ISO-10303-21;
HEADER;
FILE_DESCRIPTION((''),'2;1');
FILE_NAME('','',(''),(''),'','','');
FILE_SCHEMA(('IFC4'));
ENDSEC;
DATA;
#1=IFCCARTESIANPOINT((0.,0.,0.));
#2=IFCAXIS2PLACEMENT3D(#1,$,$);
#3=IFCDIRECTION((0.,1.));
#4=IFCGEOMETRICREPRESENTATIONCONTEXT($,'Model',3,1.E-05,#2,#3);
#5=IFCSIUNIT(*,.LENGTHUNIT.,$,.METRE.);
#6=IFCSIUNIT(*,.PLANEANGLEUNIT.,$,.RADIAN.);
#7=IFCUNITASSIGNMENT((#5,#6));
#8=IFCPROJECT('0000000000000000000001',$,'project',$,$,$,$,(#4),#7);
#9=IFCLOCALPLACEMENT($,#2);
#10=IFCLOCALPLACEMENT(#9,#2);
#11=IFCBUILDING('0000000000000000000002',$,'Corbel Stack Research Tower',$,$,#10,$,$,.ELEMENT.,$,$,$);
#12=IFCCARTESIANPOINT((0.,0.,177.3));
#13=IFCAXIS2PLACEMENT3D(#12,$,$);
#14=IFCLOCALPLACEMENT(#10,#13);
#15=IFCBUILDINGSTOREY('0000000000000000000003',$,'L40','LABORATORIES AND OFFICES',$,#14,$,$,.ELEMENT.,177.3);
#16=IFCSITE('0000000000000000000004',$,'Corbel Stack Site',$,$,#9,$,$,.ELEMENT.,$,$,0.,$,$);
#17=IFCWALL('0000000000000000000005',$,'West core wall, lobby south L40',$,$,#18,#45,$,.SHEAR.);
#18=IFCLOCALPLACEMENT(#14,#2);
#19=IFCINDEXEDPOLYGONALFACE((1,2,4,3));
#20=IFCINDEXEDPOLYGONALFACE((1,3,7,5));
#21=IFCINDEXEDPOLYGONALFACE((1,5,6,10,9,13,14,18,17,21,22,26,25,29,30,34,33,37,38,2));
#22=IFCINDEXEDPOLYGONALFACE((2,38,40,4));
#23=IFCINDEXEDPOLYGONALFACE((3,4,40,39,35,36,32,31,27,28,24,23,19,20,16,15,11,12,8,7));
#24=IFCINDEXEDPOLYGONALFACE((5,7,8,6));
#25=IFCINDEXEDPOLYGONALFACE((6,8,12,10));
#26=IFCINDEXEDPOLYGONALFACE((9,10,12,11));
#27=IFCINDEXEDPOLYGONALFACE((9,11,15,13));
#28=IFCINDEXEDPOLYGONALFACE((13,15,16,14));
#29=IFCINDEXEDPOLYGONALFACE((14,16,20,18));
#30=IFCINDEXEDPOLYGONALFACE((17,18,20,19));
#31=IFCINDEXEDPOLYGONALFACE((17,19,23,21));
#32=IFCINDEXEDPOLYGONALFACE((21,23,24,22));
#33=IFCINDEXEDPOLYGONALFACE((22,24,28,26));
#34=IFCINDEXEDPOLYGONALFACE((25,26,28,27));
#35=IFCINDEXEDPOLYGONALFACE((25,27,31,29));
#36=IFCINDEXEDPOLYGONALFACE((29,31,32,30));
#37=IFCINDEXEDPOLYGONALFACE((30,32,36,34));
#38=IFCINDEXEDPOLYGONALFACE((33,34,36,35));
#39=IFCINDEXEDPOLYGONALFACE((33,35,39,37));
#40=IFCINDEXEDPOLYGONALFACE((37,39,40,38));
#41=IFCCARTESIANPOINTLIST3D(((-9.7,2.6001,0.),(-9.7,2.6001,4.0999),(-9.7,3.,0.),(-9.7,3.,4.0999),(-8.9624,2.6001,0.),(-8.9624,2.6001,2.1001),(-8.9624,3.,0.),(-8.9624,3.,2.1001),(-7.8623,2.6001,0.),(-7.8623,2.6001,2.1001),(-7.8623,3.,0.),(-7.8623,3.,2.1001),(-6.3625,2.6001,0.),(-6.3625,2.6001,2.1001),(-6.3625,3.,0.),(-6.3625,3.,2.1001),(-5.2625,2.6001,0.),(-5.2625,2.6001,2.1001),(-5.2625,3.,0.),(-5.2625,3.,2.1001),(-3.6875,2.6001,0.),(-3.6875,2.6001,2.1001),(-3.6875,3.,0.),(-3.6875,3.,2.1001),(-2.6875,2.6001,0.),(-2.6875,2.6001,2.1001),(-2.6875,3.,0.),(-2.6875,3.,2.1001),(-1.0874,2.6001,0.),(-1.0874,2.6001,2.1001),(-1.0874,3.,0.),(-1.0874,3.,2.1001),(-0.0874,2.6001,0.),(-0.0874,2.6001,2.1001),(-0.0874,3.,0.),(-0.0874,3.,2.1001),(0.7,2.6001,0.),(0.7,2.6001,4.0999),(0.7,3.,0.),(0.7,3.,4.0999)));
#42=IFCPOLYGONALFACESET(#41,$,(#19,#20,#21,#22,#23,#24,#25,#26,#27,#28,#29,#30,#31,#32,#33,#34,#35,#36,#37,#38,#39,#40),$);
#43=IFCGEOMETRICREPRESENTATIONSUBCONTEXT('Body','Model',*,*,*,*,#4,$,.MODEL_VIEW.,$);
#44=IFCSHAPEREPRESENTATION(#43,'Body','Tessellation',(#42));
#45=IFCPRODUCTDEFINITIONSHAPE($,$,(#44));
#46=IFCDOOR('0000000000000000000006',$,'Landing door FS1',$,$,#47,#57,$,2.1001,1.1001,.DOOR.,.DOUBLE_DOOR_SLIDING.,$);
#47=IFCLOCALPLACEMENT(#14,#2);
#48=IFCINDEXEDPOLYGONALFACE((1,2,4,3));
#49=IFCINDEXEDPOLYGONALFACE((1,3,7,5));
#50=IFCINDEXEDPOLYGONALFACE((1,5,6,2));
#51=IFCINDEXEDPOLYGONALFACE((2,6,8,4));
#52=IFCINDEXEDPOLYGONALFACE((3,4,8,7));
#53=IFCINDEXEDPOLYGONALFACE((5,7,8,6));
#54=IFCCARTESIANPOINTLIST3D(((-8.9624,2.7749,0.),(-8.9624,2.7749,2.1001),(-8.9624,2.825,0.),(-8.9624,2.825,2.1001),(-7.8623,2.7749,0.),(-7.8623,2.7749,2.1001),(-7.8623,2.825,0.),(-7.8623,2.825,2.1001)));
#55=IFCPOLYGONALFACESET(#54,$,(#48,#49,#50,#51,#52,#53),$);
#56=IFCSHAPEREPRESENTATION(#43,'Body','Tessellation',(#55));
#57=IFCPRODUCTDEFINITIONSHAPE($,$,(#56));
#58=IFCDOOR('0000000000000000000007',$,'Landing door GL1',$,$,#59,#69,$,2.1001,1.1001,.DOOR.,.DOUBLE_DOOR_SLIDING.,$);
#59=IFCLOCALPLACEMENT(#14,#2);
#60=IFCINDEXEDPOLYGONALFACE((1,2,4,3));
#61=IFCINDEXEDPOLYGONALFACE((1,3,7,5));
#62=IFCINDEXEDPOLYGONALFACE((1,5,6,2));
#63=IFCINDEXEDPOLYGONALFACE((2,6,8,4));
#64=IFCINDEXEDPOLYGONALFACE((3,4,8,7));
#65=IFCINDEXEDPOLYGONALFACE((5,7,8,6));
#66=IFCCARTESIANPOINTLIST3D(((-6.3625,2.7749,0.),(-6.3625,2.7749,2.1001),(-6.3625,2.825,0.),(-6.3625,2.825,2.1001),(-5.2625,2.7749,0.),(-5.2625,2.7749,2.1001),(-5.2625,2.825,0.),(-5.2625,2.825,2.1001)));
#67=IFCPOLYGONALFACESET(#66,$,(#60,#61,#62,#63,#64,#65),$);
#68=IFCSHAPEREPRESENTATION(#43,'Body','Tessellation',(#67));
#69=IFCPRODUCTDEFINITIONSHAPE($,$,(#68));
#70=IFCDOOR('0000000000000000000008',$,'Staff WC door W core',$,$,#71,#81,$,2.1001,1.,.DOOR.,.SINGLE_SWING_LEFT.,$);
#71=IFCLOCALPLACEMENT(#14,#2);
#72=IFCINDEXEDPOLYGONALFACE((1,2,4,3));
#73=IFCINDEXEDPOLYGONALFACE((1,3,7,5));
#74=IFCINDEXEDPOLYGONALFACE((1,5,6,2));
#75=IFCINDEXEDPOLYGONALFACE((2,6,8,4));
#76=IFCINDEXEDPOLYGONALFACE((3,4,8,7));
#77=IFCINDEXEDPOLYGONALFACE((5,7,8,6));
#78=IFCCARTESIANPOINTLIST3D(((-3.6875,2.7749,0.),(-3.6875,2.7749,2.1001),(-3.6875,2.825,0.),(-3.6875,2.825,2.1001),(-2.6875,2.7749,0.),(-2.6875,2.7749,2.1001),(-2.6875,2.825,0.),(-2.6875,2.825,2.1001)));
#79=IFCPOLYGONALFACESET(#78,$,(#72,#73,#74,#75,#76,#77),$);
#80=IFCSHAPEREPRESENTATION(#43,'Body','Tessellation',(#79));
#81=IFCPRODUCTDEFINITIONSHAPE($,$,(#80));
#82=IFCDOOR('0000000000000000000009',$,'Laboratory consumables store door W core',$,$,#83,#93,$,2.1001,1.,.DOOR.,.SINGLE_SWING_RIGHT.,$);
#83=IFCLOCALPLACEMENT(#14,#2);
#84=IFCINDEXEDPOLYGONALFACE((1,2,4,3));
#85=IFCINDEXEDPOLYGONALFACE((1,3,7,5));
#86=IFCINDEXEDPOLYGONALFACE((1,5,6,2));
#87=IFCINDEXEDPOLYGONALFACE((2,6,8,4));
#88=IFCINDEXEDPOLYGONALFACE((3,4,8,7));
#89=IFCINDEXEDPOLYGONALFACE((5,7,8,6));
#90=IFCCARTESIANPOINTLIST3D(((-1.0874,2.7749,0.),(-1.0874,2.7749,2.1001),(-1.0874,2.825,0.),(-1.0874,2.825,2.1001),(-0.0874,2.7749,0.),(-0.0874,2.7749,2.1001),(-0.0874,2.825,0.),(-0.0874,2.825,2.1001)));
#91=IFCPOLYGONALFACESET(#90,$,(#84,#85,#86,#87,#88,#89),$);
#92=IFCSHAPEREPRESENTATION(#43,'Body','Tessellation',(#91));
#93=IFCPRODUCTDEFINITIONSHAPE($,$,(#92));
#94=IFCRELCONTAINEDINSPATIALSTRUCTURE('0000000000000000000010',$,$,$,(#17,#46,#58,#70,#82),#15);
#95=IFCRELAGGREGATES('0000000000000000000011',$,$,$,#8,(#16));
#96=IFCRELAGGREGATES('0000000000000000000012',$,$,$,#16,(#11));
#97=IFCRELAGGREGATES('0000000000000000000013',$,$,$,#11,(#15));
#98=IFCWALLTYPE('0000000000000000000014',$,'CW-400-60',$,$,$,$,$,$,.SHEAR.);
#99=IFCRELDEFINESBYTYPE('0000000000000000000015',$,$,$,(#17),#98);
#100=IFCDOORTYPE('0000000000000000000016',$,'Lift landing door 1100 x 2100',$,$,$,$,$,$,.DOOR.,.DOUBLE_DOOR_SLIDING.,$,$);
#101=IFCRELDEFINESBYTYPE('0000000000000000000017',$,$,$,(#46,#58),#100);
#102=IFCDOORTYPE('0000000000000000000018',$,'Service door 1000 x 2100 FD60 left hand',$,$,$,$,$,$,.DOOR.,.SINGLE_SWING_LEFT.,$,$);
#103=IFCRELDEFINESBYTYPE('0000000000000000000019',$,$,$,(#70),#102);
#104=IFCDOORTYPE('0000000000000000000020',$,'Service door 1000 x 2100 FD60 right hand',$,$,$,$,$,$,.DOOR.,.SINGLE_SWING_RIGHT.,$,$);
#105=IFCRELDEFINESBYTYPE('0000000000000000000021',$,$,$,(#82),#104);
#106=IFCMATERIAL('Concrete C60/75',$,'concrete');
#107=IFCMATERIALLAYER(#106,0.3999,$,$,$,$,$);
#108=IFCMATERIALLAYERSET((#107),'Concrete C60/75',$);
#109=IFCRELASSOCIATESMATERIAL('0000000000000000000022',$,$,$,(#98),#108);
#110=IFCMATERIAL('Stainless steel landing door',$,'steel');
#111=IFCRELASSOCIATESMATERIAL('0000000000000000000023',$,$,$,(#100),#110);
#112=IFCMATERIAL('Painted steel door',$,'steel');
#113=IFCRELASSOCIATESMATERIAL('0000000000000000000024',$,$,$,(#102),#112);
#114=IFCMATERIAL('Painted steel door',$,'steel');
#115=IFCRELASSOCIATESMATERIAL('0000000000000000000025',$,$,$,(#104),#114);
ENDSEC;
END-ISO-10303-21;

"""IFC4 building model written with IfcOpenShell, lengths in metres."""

from ifc_helpers import new_model, si_unit, direction, frame, frame_2d, origin, place, context, subcontext, project, spatial, rectangle, extrude, material, layer, layer_set, type_object, element, fill, save


model = new_model("IFC4")

# Units and contexts
model_context = context("Model", 3, precision=1e-05, world=origin(), true_north=direction((0.0, 1.0)))
body_context = subcontext(model_context, "Body", "Model", "MODEL_VIEW")
ifc_project = project(units=[si_unit("LENGTHUNIT", "METRE"), si_unit("PLANEANGLEUNIT", "RADIAN")], contexts=[model_context])

# Site, building, storey
site_placement = place(None, origin())
site = spatial("IfcSite", under=ifc_project, at=site_placement, Name="Corbel Stack Site", CompositionType="ELEMENT", RefElevation=0.0)
building_placement = place(site_placement, origin())
building = spatial("IfcBuilding", under=site, at=building_placement, Name="Corbel Stack Research Tower", CompositionType="ELEMENT")
storey_placement = place(building_placement, frame((0.0, 0.0, 177.3)))
storey = spatial("IfcBuildingStorey", under=building, at=storey_placement, Name="L40", Description="LABORATORIES AND OFFICES", CompositionType="ELEMENT", Elevation=177.3)

# Wall, openings, doors
ifc_material_1 = material(Name="Concrete C60/75", Category="concrete")
ifc_layer_1 = layer(ifc_material_1, 0.3999)
ifc_layer_set_1 = layer_set([ifc_layer_1], Name="Concrete C60/75")
wall_type_1 = type_object("IfcWallType", Name="CW-400-60", PredefinedType="SHEAR", material=ifc_layer_set_1)
wall_1_placement = place(storey_placement, frame((-9.7, 2.8, 0.0), z_axis=(0.0, 0.0, 1.0), x_axis=(1.0, 0.0, 0.0)))
wall_1 = element("IfcWall", 1, at=wall_1_placement, inside=storey, type_object=wall_type_1, Name="West core wall, lobby south L40", PredefinedType="SHEAR", context=body_context, shape_type="SweptSolid", body=[
    extrude(rectangle(XDim=10.3999, YDim=0.3999, at=frame_2d((5.2, 0.0))), origin(), (0.0, 0.0, 1.0), 4.0999),
])
opening_1_placement = place(wall_1_placement, frame((0.7375, 0.0, 0.0)))
opening_1 = element("IfcOpeningElement", 2, at=opening_1_placement, cuts=wall_1, PredefinedType="OPENING", context=body_context, shape_type="SweptSolid", body=[
    extrude(rectangle(XDim=1.1001, YDim=2.1001, at=frame_2d((0.55, 1.05))), frame((0.0, 0.21, 0.0), z_axis=(0.0, -1.0, 0.0), x_axis=(1.0, 0.0, 0.0)), (0.0, 0.0, 1.0), 0.4199),
])
opening_2_placement = place(wall_1_placement, frame((3.3374, 0.0, 0.0)))
opening_2 = element("IfcOpeningElement", 3, at=opening_2_placement, cuts=wall_1, PredefinedType="OPENING", context=body_context, shape_type="SweptSolid", body=[
    extrude(rectangle(XDim=1.1001, YDim=2.1001, at=frame_2d((0.55, 1.05))), frame((0.0, 0.21, 0.0), z_axis=(0.0, -1.0, 0.0), x_axis=(1.0, 0.0, 0.0)), (0.0, 0.0, 1.0), 0.4199),
])
opening_3_placement = place(wall_1_placement, frame((6.0125, 0.0, 0.0)))
opening_3 = element("IfcOpeningElement", 4, at=opening_3_placement, cuts=wall_1, PredefinedType="OPENING", context=body_context, shape_type="SweptSolid", body=[
    extrude(rectangle(XDim=1.0, YDim=2.1001, at=frame_2d((0.5, 1.05))), frame((0.0, 0.21, 0.0), z_axis=(0.0, -1.0, 0.0), x_axis=(1.0, 0.0, 0.0)), (0.0, 0.0, 1.0), 0.4199),
])
opening_4_placement = place(wall_1_placement, frame((8.6125, 0.0, 0.0)))
opening_4 = element("IfcOpeningElement", 5, at=opening_4_placement, cuts=wall_1, PredefinedType="OPENING", context=body_context, shape_type="SweptSolid", body=[
    extrude(rectangle(XDim=1.0, YDim=2.1001, at=frame_2d((0.5, 1.05))), frame((0.0, 0.21, 0.0), z_axis=(0.0, -1.0, 0.0), x_axis=(1.0, 0.0, 0.0)), (0.0, 0.0, 1.0), 0.4199),
])
ifc_material_2 = material(Name="Stainless steel landing door", Category="steel")
door_type_1 = type_object("IfcDoorType", Name="Lift landing door 1100 x 2100", OperationType="DOUBLE_DOOR_SLIDING", PredefinedType="DOOR", material=ifc_material_2)
door_1_placement = place(opening_1_placement, origin())
door_1 = element("IfcDoor", 6, at=door_1_placement, inside=storey, type_object=door_type_1, Name="Landing door FS1", OperationType="DOUBLE_DOOR_SLIDING", OverallHeight=2.1001, OverallWidth=1.1001, PredefinedType="DOOR", context=body_context, shape_type="SweptSolid", body=[
    extrude(rectangle(XDim=1.1001, YDim=2.1001, at=frame_2d((0.55, 1.05))), frame((0.0, 0.0249, 0.0), z_axis=(0.0, -1.0, 0.0), x_axis=(1.0, 0.0, 0.0)), (0.0, 0.0, 1.0), 0.05),
])
fill(opening_1, door_1)
door_2_placement = place(opening_2_placement, origin())
door_2 = element("IfcDoor", 7, at=door_2_placement, inside=storey, type_object=door_type_1, Name="Landing door GL1", OperationType="DOUBLE_DOOR_SLIDING", OverallHeight=2.1001, OverallWidth=1.1001, PredefinedType="DOOR", context=body_context, shape_type="SweptSolid", body=[
    extrude(rectangle(XDim=1.1001, YDim=2.1001, at=frame_2d((0.55, 1.05))), frame((0.0, 0.0249, 0.0), z_axis=(0.0, -1.0, 0.0), x_axis=(1.0, 0.0, 0.0)), (0.0, 0.0, 1.0), 0.05),
])
fill(opening_2, door_2)
ifc_material_3 = material(Name="Painted steel door", Category="steel")
door_type_2 = type_object("IfcDoorType", Name="Service door 1000 x 2100 FD60 left hand", OperationType="SINGLE_SWING_LEFT", PredefinedType="DOOR", material=ifc_material_3)
door_3_placement = place(opening_3_placement, origin())
door_3 = element("IfcDoor", 8, at=door_3_placement, inside=storey, type_object=door_type_2, Name="Staff WC door W core", OperationType="SINGLE_SWING_LEFT", OverallHeight=2.1001, OverallWidth=1.0, PredefinedType="DOOR", context=body_context, shape_type="SweptSolid", body=[
    extrude(rectangle(XDim=1.0, YDim=2.1001, at=frame_2d((0.5, 1.05))), frame((0.0, 0.0249, 0.0), z_axis=(0.0, -1.0, 0.0), x_axis=(1.0, 0.0, 0.0)), (0.0, 0.0, 1.0), 0.05),
])
fill(opening_3, door_3)
ifc_material_4 = material(Name="Painted steel door", Category="steel")
door_type_3 = type_object("IfcDoorType", Name="Service door 1000 x 2100 FD60 right hand", OperationType="SINGLE_SWING_RIGHT", PredefinedType="DOOR", material=ifc_material_4)
door_4_placement = place(opening_4_placement, origin())
door_4 = element("IfcDoor", 9, at=door_4_placement, inside=storey, type_object=door_type_3, Name="Laboratory consumables store door W core", OperationType="SINGLE_SWING_RIGHT", OverallHeight=2.1001, OverallWidth=1.0, PredefinedType="DOOR", context=body_context, shape_type="SweptSolid", body=[
    extrude(rectangle(XDim=1.0, YDim=2.1001, at=frame_2d((0.5, 1.05))), frame((0.0, 0.0249, 0.0), z_axis=(0.0, -1.0, 0.0), x_axis=(1.0, 0.0, 0.0)), (0.0, 0.0, 1.0), 0.05),
])
fill(opening_4, door_4)

save(model, "model.ifc")
